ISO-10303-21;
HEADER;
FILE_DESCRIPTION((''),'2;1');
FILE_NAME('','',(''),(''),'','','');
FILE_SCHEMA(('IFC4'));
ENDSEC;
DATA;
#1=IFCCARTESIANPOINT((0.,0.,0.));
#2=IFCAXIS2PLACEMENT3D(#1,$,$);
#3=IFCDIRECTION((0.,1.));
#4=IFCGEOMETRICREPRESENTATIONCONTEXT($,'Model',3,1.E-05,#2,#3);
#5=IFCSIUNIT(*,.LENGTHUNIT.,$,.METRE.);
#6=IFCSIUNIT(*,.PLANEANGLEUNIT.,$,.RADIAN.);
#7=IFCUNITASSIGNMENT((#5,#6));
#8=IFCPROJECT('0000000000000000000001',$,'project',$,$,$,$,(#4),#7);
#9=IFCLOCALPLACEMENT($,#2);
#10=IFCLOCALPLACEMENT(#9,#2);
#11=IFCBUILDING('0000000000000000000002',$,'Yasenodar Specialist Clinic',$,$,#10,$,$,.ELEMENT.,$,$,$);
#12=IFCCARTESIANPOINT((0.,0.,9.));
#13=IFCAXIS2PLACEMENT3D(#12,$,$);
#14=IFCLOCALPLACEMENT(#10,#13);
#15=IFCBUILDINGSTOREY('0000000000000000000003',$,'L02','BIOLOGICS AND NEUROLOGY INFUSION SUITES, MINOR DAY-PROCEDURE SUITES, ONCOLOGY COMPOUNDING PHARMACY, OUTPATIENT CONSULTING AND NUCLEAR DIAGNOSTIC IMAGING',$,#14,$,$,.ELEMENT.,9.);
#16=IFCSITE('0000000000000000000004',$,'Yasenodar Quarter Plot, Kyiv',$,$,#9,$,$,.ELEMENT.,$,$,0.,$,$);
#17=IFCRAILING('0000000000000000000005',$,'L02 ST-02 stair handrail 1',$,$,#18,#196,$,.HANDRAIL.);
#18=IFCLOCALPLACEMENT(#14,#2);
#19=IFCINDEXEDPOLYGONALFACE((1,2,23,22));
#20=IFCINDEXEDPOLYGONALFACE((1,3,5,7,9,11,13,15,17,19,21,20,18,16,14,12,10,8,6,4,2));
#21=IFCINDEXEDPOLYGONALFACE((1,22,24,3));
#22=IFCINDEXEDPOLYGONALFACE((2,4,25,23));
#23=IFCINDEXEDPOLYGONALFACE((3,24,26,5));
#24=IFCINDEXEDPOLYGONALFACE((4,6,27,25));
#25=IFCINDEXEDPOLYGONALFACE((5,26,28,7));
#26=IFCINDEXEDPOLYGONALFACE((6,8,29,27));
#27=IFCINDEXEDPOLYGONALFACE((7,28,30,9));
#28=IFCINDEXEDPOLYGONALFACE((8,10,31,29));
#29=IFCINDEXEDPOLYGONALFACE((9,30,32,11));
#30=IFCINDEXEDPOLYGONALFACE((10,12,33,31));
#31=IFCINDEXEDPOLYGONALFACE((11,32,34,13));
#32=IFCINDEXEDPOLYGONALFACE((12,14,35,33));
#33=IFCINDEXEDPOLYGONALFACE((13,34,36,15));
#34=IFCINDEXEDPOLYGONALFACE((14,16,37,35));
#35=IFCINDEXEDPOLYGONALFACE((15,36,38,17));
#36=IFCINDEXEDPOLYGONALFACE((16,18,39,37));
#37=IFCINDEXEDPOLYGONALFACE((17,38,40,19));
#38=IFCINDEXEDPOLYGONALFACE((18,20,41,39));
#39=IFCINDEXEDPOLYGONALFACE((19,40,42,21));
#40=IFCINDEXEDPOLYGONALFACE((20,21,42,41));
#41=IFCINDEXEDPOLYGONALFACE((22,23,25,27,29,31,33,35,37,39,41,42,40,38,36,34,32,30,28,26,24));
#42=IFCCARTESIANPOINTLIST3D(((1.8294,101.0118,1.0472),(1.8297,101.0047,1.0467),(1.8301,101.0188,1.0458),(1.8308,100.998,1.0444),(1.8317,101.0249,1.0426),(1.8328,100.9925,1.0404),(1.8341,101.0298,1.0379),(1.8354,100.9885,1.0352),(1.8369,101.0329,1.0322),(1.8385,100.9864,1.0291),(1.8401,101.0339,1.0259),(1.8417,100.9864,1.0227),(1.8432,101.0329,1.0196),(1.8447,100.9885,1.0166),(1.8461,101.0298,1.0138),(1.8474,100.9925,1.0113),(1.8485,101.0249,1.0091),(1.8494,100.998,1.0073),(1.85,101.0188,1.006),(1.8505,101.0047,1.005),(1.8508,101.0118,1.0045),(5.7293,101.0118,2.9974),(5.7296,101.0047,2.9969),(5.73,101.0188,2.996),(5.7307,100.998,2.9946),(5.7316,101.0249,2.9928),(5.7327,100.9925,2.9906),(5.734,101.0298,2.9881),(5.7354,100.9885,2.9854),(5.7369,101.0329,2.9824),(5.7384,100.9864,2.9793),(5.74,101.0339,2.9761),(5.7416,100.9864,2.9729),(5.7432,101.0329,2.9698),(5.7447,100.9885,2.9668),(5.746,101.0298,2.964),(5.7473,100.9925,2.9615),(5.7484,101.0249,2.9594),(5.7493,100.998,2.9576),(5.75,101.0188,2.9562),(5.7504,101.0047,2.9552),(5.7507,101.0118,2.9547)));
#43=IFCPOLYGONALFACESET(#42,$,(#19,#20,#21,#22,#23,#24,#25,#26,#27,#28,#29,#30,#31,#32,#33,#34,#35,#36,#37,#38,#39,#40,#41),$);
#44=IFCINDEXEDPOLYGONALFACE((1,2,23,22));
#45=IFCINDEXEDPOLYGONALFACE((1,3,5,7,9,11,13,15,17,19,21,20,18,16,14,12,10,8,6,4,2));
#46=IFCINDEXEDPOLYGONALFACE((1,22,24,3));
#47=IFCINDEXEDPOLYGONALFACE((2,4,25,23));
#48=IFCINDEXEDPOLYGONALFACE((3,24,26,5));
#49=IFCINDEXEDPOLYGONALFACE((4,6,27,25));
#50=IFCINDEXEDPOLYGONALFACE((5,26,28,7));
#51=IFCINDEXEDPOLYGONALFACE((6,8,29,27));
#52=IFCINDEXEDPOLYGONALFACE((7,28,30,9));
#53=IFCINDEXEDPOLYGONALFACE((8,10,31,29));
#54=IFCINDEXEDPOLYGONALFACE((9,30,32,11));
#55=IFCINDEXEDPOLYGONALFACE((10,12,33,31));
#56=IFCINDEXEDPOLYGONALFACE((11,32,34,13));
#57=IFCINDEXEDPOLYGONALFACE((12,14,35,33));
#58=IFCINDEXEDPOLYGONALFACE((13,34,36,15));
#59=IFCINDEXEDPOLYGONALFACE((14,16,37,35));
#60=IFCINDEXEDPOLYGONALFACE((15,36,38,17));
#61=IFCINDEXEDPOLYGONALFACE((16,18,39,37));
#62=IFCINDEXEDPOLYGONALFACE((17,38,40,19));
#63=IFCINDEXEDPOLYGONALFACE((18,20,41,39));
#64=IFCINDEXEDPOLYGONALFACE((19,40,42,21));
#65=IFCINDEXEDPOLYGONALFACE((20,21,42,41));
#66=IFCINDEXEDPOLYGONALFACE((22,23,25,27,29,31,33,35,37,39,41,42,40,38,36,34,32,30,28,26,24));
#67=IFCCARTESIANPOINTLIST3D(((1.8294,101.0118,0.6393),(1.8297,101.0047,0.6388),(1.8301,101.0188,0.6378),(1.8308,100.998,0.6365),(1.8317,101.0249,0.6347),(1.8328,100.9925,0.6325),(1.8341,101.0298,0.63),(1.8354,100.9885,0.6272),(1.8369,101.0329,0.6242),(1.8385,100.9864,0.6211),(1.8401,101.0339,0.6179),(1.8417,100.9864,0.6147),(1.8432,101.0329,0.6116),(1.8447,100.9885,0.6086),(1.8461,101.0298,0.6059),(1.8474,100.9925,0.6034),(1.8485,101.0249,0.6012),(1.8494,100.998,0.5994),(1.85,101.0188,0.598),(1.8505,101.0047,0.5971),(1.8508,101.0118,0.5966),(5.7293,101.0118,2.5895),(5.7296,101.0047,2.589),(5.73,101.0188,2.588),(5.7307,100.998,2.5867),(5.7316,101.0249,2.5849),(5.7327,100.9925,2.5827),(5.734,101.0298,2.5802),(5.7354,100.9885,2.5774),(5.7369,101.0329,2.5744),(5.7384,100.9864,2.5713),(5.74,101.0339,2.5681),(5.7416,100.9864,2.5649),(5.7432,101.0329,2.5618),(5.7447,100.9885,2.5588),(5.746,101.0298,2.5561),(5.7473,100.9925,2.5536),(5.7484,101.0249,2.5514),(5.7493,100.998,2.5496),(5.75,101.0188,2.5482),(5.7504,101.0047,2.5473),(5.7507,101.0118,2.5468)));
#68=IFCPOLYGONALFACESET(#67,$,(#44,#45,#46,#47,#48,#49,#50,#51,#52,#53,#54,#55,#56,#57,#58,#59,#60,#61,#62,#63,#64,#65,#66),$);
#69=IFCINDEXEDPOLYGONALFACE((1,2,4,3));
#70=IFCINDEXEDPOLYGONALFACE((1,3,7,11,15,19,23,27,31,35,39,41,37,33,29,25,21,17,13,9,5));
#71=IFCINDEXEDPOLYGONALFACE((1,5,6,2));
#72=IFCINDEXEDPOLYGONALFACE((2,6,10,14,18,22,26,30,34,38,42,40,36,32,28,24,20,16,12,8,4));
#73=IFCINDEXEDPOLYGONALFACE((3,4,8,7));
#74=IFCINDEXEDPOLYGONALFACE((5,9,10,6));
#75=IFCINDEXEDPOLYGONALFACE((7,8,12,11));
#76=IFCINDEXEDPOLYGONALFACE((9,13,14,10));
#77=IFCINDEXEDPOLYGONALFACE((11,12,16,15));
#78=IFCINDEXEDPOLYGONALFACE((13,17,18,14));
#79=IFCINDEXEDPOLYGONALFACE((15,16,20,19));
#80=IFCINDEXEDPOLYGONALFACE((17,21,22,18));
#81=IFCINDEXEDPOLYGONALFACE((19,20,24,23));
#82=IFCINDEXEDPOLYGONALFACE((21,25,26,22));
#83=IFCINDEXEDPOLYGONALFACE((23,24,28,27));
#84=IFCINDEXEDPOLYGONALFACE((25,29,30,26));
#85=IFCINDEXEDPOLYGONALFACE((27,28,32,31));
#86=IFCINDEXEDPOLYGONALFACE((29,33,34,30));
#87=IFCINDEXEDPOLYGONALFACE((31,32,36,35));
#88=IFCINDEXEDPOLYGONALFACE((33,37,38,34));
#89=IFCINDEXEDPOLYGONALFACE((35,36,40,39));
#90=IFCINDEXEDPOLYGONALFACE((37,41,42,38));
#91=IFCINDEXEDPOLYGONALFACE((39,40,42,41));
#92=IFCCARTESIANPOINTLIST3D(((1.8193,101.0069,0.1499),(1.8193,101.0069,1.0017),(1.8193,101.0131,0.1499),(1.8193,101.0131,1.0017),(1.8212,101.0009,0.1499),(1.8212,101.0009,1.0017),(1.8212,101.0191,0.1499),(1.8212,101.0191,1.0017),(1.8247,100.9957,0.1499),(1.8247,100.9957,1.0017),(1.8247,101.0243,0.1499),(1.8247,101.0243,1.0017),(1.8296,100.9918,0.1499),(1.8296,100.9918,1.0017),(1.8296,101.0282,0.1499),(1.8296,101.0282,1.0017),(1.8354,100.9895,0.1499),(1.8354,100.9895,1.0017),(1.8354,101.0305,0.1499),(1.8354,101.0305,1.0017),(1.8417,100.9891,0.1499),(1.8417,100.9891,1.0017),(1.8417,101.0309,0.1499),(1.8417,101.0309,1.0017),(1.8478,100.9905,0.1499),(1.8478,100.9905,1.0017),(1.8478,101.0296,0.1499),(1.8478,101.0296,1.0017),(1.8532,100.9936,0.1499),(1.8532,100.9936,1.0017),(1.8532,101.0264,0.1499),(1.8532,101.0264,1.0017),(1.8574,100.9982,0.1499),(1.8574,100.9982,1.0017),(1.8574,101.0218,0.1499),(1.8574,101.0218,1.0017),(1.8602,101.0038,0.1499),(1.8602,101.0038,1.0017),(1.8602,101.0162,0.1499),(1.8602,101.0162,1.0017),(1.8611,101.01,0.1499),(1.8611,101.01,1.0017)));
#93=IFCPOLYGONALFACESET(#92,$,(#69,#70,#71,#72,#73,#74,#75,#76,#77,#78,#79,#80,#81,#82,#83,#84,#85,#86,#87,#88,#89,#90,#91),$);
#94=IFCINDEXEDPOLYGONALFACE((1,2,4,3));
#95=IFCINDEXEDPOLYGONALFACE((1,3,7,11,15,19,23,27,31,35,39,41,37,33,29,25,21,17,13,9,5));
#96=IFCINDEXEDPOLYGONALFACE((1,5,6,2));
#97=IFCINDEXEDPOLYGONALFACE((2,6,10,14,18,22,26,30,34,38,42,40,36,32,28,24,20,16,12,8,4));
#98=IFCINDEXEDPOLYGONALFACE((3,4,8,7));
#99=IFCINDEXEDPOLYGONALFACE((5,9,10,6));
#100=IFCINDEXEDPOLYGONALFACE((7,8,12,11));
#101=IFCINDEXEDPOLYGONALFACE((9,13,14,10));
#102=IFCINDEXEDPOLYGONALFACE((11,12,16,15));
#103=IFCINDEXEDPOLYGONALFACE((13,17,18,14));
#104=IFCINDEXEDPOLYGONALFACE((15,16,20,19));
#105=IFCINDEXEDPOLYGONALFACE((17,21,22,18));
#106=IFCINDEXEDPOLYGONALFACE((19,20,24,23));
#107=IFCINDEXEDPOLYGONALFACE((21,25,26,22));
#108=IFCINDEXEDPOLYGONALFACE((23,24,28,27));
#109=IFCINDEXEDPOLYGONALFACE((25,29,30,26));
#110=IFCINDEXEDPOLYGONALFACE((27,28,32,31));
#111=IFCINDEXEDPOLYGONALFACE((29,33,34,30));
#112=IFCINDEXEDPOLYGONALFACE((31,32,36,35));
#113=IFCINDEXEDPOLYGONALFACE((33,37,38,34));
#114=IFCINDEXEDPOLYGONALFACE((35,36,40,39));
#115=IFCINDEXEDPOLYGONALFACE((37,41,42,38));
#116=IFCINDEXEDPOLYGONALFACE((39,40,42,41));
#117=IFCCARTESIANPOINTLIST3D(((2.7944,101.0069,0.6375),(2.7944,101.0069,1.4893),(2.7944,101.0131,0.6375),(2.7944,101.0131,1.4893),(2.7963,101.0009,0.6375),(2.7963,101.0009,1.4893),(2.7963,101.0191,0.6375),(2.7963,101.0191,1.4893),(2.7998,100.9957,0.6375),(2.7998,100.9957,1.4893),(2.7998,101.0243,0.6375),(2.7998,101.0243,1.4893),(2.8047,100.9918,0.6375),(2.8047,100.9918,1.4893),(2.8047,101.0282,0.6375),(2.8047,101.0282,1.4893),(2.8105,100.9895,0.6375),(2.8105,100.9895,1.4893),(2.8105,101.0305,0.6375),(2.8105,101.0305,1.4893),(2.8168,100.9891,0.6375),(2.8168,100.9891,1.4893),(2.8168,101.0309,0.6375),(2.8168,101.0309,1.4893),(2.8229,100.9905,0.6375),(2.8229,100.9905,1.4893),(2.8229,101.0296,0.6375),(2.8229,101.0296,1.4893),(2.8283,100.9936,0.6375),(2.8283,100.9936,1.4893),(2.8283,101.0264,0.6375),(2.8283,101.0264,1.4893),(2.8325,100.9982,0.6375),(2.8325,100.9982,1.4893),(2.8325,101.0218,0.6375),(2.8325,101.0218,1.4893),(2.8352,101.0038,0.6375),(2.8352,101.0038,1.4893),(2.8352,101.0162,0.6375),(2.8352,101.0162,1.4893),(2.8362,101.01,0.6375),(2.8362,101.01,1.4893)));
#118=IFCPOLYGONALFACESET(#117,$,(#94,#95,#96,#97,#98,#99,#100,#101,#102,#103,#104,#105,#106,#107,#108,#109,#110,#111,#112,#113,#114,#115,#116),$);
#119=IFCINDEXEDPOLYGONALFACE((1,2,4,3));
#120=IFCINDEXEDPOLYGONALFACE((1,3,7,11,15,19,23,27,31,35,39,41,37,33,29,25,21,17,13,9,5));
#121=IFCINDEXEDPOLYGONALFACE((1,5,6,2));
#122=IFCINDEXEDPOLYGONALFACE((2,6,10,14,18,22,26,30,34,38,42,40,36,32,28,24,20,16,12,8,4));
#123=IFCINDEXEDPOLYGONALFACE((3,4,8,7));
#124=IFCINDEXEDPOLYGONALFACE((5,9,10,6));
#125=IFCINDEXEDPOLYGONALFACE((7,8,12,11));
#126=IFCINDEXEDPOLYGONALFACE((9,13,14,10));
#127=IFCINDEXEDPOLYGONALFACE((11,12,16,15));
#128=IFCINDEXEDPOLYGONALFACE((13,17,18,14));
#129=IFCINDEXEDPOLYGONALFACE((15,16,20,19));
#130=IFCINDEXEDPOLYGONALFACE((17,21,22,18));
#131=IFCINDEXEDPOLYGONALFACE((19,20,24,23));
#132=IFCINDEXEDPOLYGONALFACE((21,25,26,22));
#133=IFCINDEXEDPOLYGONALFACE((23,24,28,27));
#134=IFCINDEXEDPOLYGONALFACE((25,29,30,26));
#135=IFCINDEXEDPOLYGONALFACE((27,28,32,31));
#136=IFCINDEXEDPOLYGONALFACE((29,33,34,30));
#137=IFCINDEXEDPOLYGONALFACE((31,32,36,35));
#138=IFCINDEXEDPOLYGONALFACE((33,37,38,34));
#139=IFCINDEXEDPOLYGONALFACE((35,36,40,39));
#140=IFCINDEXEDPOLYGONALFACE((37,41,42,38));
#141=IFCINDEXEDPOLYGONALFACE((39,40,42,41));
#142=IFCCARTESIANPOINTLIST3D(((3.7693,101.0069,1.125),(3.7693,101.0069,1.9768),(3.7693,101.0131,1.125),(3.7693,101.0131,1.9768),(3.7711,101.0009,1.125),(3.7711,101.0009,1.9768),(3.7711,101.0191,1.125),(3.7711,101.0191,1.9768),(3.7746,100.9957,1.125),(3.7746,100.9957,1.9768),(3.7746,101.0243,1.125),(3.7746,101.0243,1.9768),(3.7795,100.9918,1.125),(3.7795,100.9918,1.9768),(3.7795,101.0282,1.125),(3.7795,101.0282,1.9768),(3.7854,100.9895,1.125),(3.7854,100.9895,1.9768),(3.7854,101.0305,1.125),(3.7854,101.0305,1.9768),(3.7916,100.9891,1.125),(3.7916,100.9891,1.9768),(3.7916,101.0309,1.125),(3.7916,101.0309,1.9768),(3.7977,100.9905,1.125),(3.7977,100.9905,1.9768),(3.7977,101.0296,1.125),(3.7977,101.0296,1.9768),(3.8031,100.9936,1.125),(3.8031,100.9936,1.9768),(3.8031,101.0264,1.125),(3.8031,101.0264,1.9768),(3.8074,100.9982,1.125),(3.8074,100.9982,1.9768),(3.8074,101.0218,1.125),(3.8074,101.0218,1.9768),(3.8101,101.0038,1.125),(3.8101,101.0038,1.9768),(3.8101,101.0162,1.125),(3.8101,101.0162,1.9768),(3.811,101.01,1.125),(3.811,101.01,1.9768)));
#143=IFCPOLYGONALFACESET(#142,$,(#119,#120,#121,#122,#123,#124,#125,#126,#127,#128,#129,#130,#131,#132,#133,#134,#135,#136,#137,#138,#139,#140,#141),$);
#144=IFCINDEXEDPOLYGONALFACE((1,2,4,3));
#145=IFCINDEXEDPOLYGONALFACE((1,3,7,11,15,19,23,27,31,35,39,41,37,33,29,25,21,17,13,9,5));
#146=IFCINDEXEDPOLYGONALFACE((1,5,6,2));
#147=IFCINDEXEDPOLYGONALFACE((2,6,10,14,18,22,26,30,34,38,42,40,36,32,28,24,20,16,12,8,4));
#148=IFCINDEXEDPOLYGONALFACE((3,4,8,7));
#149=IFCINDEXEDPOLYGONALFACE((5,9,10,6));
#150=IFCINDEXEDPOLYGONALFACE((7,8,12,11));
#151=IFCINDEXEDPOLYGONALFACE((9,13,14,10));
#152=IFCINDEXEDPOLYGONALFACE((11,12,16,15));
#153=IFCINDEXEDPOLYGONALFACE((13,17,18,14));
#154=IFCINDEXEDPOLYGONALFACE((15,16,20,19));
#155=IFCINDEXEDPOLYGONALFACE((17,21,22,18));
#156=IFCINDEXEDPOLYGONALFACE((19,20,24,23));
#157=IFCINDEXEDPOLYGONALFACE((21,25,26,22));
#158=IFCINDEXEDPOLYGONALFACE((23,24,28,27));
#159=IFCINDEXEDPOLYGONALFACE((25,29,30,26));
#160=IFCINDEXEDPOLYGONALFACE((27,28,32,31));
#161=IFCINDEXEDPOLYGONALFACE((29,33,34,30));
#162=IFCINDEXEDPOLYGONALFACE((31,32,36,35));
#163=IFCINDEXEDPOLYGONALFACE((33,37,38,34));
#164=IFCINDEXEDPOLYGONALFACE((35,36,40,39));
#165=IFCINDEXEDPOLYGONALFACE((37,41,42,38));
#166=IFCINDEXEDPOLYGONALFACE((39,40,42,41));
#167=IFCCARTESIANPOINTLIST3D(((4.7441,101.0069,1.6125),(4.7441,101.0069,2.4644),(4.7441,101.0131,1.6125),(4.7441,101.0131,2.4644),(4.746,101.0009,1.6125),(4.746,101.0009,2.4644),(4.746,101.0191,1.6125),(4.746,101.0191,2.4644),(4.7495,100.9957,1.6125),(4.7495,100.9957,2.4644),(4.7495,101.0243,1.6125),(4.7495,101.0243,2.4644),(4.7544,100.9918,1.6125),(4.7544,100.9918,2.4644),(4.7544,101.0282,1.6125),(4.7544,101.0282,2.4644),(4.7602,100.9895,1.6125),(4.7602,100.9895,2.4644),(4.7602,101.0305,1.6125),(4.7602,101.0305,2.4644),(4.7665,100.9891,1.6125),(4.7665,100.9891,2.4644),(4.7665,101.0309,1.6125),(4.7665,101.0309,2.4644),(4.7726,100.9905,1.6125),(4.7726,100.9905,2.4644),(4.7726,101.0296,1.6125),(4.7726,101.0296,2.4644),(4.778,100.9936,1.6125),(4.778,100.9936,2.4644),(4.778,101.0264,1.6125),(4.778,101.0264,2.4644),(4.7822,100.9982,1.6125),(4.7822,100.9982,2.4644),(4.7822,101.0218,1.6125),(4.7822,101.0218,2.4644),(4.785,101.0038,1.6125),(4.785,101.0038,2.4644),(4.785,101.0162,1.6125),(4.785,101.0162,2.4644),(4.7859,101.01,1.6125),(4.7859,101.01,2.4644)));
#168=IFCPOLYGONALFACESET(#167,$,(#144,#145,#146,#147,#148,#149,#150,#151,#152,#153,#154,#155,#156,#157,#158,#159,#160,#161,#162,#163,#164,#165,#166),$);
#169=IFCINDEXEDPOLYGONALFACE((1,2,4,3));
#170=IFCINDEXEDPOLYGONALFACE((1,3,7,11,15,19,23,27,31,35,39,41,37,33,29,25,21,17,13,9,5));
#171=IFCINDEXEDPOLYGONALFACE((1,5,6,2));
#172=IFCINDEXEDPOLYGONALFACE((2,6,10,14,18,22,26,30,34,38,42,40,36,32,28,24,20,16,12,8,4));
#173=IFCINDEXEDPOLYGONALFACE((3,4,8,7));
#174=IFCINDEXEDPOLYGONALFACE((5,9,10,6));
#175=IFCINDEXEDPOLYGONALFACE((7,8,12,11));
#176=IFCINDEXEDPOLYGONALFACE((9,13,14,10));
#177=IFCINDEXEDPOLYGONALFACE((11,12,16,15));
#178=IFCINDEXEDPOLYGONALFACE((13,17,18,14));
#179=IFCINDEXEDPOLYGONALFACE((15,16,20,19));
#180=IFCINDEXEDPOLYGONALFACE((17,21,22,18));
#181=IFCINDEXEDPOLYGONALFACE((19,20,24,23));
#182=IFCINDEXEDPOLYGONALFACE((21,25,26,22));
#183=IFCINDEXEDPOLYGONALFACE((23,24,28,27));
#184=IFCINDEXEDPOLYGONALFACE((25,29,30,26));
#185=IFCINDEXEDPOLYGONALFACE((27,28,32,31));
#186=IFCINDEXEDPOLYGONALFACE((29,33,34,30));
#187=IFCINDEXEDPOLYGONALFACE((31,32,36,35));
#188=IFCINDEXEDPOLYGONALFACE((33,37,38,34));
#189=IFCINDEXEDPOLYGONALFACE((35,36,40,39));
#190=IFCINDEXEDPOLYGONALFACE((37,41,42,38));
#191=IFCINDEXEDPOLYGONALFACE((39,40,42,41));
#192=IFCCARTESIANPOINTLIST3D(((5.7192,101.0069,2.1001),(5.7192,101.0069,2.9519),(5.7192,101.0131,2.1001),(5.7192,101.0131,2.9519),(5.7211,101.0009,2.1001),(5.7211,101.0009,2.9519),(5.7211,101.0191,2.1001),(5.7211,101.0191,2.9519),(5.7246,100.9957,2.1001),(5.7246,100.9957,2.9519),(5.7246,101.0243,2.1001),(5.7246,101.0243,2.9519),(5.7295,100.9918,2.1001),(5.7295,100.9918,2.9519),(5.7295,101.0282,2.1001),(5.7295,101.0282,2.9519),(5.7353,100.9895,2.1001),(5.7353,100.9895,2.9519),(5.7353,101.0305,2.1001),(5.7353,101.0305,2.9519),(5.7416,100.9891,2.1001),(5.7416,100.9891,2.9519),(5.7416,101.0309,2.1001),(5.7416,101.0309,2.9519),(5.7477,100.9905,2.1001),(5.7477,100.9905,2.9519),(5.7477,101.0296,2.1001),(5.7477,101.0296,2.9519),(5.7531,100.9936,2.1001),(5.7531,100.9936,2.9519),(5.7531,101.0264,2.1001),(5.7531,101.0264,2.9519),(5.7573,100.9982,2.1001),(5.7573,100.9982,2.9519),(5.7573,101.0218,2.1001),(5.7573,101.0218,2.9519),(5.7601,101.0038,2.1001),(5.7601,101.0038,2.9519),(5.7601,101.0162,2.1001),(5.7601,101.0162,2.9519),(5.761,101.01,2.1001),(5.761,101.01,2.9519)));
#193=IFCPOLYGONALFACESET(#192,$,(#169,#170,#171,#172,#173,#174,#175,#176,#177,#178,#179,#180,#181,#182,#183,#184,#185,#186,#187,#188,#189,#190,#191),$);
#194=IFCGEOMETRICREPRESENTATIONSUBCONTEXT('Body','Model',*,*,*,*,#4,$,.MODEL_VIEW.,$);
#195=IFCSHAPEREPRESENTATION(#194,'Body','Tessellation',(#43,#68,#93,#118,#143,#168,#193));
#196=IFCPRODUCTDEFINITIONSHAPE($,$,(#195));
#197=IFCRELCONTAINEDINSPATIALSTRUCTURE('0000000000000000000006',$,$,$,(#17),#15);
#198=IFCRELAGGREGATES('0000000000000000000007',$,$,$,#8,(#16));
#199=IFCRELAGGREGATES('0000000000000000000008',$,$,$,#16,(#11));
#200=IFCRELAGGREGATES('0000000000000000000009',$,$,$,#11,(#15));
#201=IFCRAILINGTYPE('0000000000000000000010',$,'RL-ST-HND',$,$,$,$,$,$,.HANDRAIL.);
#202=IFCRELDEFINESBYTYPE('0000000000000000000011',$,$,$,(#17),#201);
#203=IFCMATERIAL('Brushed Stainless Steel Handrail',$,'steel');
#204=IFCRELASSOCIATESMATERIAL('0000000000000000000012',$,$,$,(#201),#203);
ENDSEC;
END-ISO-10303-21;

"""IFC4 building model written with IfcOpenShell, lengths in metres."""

from ifc_helpers import new_model, si_unit, direction, frame, origin, origin_2d, place, context, subcontext, project, spatial, circle, extrude, material, type_object, element, save


model = new_model("IFC4")

# Units and contexts
model_context = context("Model", 3, precision=1e-05, world=origin(), true_north=direction((0.0, 1.0)))
body_context = subcontext(model_context, "Body", "Model", "MODEL_VIEW")
ifc_project = project(units=[si_unit("LENGTHUNIT", "METRE"), si_unit("PLANEANGLEUNIT", "RADIAN")], contexts=[model_context])

# Site, building, storey
site_placement = place(None, origin())
site = spatial("IfcSite", under=ifc_project, at=site_placement, Name="Yasenodar Quarter Plot, Kyiv", CompositionType="ELEMENT", RefElevation=0.0)
building_placement = place(site_placement, origin())
building = spatial("IfcBuilding", under=site, at=building_placement, Name="Yasenodar Specialist Clinic", CompositionType="ELEMENT")
storey_placement = place(building_placement, frame((0.0, 0.0, 9.0)))
storey = spatial("IfcBuildingStorey", under=building, at=storey_placement, Name="L02", Description="BIOLOGICS AND NEUROLOGY INFUSION SUITES, MINOR DAY-PROCEDURE SUITES, ONCOLOGY COMPOUNDING PHARMACY, OUTPATIENT CONSULTING AND NUCLEAR DIAGNOSTIC IMAGING", CompositionType="ELEMENT", Elevation=9.0)

# Railing
ifc_material_1 = material(Name="Brushed Stainless Steel Handrail", Category="steel")
railing_type_1 = type_object("IfcRailingType", Name="RL-ST-HND", PredefinedType="HANDRAIL", material=ifc_material_1)
railing_1_placement = place(storey_placement, frame((1.8401, 101.01, 0.1499)))
element("IfcRailing", 1, at=railing_1_placement, inside=storey, type_object=railing_type_1, Name="L02 ST-02 stair handrail 1", PredefinedType="HANDRAIL", context=body_context, shape_type="SweptSolid", body=[
    extrude(circle(Radius=0.0239, at=origin_2d()), frame((0.0, 0.0, 0.876), z_axis=(0.894405, 0.0, 0.447258), x_axis=(0.0, 1.0, 0.0)), (0.0, 0.0, 1.0), 4.3604),
    extrude(circle(Radius=0.0239, at=origin_2d()), frame((0.0, 0.0, 0.468), z_axis=(0.894405, 0.0, 0.447258), x_axis=(0.0, 1.0, 0.0)), (0.0, 0.0, 1.0), 4.3604),
    extrude(circle(Radius=0.021, at=origin_2d()), origin(), (0.0, 0.0, 1.0), 0.8518),
    extrude(circle(Radius=0.021, at=origin_2d()), frame((0.9751, 0.0, 0.4875)), (0.0, 0.0, 1.0), 0.8518),
    extrude(circle(Radius=0.021, at=origin_2d()), frame((1.95, 0.0, 0.9751)), (0.0, 0.0, 1.0), 0.8518),
    extrude(circle(Radius=0.021, at=origin_2d()), frame((2.9248, 0.0, 1.4626)), (0.0, 0.0, 1.0), 0.8518),
    extrude(circle(Radius=0.021, at=origin_2d()), frame((3.8999, 0.0, 1.9502)), (0.0, 0.0, 1.0), 0.8518),
])

save(model, "model.ifc")
